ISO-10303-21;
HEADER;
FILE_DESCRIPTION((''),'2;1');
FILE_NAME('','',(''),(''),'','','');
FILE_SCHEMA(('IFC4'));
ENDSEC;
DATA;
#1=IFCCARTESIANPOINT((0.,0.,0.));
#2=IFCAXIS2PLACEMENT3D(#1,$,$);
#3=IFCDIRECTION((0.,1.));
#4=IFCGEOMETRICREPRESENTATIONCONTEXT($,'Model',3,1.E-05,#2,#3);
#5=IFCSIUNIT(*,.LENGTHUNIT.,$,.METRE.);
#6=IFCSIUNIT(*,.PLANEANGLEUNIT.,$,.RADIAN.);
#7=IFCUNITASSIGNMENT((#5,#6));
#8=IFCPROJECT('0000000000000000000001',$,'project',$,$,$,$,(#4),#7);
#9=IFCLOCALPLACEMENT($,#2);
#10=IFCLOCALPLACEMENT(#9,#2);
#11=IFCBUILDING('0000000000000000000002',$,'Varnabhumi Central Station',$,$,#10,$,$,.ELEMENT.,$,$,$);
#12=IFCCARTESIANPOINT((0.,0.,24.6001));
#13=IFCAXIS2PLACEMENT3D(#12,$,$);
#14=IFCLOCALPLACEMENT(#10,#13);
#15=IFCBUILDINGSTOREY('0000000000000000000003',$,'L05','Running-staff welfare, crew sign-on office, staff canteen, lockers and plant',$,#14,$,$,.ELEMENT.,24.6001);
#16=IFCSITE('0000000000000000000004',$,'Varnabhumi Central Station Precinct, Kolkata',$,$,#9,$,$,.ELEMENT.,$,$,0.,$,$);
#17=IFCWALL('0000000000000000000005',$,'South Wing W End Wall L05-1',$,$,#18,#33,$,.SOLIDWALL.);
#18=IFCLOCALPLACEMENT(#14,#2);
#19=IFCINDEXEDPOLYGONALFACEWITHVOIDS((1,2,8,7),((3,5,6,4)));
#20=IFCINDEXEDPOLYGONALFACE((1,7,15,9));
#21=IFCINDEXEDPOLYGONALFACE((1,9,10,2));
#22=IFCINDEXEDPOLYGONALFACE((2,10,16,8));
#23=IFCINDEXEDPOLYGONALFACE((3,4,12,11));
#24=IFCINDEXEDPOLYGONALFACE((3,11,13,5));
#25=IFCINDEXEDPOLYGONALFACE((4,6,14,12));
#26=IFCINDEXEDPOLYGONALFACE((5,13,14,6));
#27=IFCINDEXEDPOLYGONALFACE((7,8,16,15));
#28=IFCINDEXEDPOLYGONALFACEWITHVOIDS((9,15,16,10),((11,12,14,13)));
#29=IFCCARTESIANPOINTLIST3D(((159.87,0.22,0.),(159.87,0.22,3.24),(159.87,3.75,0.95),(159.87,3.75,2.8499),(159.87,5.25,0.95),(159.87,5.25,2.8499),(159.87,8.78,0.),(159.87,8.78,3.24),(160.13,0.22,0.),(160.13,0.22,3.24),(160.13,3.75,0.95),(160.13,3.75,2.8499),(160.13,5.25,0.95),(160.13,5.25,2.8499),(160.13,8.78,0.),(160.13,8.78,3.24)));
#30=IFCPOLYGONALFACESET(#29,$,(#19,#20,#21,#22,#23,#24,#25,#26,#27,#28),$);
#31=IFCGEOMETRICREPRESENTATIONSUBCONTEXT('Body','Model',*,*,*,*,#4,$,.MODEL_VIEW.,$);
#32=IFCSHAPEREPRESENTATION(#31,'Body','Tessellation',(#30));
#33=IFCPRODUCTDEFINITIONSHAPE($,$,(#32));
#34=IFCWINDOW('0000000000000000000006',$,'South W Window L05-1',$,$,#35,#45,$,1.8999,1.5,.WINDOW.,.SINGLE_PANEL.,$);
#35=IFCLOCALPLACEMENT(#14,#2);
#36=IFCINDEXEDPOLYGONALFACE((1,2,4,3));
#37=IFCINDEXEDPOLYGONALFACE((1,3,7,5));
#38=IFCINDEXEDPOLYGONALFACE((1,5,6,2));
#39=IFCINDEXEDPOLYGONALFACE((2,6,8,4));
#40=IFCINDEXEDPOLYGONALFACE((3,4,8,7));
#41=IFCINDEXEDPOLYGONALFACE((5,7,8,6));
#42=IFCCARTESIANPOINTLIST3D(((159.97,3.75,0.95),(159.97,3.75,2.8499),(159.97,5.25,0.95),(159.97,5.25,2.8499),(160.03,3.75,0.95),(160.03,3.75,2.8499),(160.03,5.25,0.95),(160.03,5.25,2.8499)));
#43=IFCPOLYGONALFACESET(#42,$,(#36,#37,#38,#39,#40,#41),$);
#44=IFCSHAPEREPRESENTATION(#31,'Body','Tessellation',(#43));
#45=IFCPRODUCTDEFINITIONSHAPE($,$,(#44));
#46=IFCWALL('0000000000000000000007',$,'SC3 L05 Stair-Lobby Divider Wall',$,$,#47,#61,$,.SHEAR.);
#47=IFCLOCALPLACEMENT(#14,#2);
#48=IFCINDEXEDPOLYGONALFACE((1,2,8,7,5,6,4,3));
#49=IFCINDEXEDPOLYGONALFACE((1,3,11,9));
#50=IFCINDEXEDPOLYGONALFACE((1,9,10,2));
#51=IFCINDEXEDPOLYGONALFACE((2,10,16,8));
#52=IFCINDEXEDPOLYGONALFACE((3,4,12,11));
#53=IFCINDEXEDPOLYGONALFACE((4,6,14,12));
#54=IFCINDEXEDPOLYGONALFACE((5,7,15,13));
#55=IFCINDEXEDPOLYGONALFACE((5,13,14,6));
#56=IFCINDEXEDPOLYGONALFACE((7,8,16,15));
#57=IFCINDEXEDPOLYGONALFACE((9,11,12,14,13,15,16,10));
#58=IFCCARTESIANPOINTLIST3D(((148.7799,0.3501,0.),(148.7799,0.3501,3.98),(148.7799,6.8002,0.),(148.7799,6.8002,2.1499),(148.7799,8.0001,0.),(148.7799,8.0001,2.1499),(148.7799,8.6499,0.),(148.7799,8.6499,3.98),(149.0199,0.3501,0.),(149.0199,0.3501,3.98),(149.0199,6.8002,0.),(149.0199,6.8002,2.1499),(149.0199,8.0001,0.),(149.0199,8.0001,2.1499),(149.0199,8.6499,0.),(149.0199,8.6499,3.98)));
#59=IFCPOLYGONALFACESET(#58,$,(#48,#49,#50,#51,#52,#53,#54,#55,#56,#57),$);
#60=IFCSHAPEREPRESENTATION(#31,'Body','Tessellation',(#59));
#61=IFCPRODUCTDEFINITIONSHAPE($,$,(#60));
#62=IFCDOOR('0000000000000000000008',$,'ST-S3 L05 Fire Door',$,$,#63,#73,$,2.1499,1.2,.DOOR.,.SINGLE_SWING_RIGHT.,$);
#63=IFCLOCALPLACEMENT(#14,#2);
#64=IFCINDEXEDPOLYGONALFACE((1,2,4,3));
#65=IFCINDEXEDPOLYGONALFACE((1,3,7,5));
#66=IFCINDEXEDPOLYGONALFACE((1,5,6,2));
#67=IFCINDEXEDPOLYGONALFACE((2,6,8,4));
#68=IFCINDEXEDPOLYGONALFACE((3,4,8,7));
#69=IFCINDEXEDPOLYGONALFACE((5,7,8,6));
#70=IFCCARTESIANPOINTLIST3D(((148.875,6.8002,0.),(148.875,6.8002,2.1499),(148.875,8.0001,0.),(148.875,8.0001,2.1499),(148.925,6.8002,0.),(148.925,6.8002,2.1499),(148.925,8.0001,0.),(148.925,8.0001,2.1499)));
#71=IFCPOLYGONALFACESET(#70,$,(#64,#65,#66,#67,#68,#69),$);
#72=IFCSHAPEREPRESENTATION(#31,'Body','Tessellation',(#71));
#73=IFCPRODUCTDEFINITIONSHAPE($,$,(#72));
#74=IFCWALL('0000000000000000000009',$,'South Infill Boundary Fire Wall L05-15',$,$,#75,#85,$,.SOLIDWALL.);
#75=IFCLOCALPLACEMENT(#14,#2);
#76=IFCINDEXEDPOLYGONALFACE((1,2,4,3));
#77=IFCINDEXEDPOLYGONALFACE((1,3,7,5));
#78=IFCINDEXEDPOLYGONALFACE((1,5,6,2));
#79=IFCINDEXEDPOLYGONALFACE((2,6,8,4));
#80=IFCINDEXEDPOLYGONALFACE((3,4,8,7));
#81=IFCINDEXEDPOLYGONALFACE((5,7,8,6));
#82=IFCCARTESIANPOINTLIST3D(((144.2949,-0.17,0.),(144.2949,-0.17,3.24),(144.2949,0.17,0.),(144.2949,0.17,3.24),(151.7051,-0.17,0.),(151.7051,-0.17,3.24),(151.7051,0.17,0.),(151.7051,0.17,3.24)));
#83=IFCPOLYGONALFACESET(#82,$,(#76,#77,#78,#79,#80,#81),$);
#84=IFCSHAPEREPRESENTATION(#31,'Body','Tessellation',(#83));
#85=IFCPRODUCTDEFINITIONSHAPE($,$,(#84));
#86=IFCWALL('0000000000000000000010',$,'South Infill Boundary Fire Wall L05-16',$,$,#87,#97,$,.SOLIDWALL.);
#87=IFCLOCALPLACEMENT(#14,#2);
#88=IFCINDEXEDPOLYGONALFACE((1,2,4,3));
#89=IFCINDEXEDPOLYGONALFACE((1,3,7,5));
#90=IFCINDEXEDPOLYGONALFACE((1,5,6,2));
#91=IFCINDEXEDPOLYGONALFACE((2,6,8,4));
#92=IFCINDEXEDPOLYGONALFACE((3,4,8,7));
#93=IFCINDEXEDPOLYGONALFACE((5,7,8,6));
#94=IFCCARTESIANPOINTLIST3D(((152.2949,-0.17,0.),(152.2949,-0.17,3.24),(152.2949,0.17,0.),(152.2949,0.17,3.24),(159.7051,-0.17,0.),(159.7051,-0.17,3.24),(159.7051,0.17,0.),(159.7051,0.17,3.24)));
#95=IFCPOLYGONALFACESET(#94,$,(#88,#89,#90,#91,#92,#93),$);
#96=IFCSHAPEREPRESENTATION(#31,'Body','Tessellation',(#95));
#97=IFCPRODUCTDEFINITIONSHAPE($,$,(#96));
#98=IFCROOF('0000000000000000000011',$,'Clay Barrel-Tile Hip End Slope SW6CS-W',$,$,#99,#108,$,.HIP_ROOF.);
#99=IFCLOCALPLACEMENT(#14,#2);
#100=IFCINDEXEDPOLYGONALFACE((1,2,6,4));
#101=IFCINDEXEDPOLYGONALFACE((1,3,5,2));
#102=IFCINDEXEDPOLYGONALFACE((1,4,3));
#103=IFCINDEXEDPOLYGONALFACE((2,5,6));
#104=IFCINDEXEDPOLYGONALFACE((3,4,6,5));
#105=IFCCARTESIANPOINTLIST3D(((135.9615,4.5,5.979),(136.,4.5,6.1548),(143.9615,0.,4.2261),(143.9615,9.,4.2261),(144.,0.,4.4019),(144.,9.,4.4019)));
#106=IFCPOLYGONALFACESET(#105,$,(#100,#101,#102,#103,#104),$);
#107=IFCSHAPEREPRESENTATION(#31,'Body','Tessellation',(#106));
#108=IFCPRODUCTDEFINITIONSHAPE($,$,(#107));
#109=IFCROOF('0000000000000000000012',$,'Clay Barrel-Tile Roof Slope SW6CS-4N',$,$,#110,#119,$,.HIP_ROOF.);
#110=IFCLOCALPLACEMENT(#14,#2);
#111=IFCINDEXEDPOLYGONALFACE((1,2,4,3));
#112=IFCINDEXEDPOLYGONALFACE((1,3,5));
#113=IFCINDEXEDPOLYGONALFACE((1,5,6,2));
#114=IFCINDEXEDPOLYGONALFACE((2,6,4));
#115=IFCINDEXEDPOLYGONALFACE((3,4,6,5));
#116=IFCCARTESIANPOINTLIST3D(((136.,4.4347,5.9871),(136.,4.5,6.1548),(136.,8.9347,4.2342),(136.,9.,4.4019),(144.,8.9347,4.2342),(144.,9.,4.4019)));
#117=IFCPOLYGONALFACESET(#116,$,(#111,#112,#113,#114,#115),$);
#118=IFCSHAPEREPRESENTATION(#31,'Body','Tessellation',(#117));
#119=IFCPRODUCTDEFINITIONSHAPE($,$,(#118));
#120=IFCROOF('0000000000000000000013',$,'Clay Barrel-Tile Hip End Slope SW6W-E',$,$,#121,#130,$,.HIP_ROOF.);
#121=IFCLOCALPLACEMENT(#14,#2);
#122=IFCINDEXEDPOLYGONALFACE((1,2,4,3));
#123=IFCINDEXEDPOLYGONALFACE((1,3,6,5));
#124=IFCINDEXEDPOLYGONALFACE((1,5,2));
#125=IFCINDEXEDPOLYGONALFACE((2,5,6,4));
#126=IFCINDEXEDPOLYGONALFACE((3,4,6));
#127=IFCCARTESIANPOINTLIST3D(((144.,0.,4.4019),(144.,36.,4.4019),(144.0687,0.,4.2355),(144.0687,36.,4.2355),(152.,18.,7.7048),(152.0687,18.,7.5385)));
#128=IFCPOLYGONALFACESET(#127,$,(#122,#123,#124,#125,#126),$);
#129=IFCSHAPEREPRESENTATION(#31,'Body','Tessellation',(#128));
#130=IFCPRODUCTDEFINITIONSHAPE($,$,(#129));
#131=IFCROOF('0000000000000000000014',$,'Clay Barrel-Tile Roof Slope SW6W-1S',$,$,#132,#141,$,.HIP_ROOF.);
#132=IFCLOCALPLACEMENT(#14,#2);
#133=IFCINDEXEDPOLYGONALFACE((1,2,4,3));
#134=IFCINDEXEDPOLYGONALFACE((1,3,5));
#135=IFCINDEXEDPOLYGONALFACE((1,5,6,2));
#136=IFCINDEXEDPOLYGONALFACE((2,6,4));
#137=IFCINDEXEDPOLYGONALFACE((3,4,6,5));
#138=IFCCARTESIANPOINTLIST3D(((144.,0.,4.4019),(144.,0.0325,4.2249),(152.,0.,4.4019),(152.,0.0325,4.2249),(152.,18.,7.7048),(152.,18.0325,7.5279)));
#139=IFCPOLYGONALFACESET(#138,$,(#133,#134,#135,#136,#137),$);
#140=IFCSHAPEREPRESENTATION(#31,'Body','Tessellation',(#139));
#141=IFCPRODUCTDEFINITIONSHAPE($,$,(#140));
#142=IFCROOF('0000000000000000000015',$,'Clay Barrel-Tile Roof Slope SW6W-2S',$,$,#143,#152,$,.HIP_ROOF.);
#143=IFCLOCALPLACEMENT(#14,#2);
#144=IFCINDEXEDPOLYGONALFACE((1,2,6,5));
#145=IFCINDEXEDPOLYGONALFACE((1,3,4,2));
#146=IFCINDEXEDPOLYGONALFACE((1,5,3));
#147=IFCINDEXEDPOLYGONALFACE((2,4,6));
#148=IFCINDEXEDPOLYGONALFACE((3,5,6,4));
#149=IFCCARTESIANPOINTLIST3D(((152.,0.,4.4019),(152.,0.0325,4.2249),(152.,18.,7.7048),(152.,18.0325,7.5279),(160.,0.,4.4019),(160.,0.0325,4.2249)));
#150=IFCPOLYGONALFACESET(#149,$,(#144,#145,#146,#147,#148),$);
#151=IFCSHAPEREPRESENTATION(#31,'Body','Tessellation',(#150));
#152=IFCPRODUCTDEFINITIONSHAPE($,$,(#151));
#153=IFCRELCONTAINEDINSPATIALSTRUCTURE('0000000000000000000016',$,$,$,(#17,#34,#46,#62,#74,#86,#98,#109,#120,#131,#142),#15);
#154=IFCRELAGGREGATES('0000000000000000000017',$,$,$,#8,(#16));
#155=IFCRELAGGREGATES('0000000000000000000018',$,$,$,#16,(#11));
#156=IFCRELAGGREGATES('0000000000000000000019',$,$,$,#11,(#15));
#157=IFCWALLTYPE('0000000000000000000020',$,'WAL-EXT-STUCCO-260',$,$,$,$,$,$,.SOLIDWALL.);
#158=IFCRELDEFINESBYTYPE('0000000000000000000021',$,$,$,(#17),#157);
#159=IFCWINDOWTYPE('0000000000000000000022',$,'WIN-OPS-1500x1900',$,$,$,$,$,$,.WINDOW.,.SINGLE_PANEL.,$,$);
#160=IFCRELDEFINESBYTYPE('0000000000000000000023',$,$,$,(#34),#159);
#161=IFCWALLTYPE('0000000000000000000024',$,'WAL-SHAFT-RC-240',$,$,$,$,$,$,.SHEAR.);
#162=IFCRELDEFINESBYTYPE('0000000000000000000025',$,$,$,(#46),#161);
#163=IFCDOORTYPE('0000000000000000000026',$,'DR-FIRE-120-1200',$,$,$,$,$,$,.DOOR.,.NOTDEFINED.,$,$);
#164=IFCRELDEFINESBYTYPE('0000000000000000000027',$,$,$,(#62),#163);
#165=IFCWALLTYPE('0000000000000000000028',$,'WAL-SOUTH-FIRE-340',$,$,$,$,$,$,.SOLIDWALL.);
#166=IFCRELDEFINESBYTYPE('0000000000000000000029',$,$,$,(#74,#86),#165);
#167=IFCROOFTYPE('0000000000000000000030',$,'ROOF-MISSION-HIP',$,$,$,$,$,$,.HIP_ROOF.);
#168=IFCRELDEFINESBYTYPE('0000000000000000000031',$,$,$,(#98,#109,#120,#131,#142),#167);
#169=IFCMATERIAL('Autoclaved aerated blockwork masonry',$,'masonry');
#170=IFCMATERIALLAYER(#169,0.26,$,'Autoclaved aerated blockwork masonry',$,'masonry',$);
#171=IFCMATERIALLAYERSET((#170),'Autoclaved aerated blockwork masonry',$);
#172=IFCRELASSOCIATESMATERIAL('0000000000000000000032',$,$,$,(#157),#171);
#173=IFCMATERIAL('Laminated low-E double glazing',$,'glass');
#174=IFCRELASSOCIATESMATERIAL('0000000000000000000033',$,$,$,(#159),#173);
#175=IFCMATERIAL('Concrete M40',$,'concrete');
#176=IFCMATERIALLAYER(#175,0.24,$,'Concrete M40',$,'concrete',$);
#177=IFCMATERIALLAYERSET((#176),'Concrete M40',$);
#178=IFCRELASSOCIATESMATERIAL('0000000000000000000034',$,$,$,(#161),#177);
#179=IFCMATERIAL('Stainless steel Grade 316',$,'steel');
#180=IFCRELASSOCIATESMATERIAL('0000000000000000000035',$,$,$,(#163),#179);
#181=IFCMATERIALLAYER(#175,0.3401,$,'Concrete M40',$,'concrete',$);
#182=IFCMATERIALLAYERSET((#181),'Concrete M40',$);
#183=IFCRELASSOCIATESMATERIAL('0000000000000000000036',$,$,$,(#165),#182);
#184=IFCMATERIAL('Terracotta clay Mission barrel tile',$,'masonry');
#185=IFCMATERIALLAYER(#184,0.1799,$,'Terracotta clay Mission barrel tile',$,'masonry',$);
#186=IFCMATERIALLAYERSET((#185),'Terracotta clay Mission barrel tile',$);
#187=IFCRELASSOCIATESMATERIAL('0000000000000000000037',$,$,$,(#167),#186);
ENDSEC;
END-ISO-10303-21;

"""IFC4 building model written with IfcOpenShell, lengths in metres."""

from ifc_helpers import new_model, si_unit, direction, frame, frame_2d, origin, place, context, subcontext, project, spatial, polyline, rectangle, outline, extrude, material, layer, layer_set, type_object, element, fill, save


model = new_model("IFC4")

# Units and contexts
model_context = context("Model", 3, precision=1e-05, world=origin(), true_north=direction((0.0, 1.0)))
body_context = subcontext(model_context, "Body", "Model", "MODEL_VIEW")
ifc_project = project(units=[si_unit("LENGTHUNIT", "METRE"), si_unit("PLANEANGLEUNIT", "RADIAN")], contexts=[model_context])

# Site, building, storey
site_placement = place(None, origin())
site = spatial("IfcSite", under=ifc_project, at=site_placement, Name="Varnabhumi Central Station Precinct, Kolkata", CompositionType="ELEMENT", RefElevation=0.0)
building_placement = place(site_placement, origin())
building = spatial("IfcBuilding", under=site, at=building_placement, Name="Varnabhumi Central Station", CompositionType="ELEMENT")
storey_placement = place(building_placement, frame((0.0, 0.0, 24.6001)))
storey = spatial("IfcBuildingStorey", under=building, at=storey_placement, Name="L05", Description="Running-staff welfare, crew sign-on office, staff canteen, lockers and plant", CompositionType="ELEMENT", Elevation=24.6001)

# Shared definitions
ifc_material_1 = material(Name="Concrete M40", Category="concrete")

# Wall, opening, window
ifc_material_2 = material(Name="Autoclaved aerated blockwork masonry", Category="masonry")
ifc_layer_1 = layer(ifc_material_2, 0.26, Name="Autoclaved aerated blockwork masonry", Category="masonry")
ifc_layer_set_1 = layer_set([ifc_layer_1], Name="Autoclaved aerated blockwork masonry")
wall_type_1 = type_object("IfcWallType", Name="WAL-EXT-STUCCO-260", PredefinedType="SOLIDWALL", material=ifc_layer_set_1)
wall_1_placement = place(storey_placement, frame((160.0, 0.22, 0.0), z_axis=(0.0, 0.0, 1.0), x_axis=(0.0, 1.0, 0.0)))
wall_1 = element("IfcWall", 1, at=wall_1_placement, inside=storey, type_object=wall_type_1, Name="South Wing W End Wall L05-1", PredefinedType="SOLIDWALL", context=body_context, shape_type="SweptSolid", body=[
    extrude(rectangle(XDim=8.5601, YDim=0.26, at=frame_2d((4.28, 0.0))), origin(), (0.0, 0.0, 1.0), 3.24),
])
opening_1_placement = place(wall_1_placement, frame((3.53, 0.0, 0.95)))
opening_1 = element("IfcOpeningElement", 2, at=opening_1_placement, cuts=wall_1, PredefinedType="OPENING", context=body_context, shape_type="SweptSolid", body=[
    extrude(rectangle(XDim=1.5, YDim=1.8999, at=frame_2d((0.75, 0.95))), frame((0.0, 0.1399, 0.0), z_axis=(0.0, -1.0, 0.0), x_axis=(1.0, 0.0, 0.0)), (0.0, 0.0, 1.0), 0.28),
])
ifc_material_3 = material(Name="Laminated low-E double glazing", Category="glass")
window_type = type_object("IfcWindowType", Name="WIN-OPS-1500x1900", PartitioningType="SINGLE_PANEL", PredefinedType="WINDOW", material=ifc_material_3)
window_placement = place(opening_1_placement, origin())
window = element("IfcWindow", 3, at=window_placement, inside=storey, type_object=window_type, Name="South W Window L05-1", OverallHeight=1.8999, OverallWidth=1.5, PartitioningType="SINGLE_PANEL", PredefinedType="WINDOW", context=body_context, shape_type="SweptSolid", body=[
    extrude(rectangle(XDim=1.5, YDim=1.8999, at=frame_2d((0.75, 0.95))), frame((0.0, 0.03, 0.0), z_axis=(0.0, -1.0, 0.0), x_axis=(1.0, 0.0, 0.0)), (0.0, 0.0, 1.0), 0.0601),
])
fill(opening_1, window)

# Wall, opening, door
ifc_layer_2 = layer(ifc_material_1, 0.24, Name="Concrete M40", Category="concrete")
ifc_layer_set_2 = layer_set([ifc_layer_2], Name="Concrete M40")
wall_type_2 = type_object("IfcWallType", Name="WAL-SHAFT-RC-240", PredefinedType="SHEAR", material=ifc_layer_set_2)
wall_2_placement = place(storey_placement, frame((148.8999, 0.3501, 0.0), z_axis=(0.0, 0.0, 1.0), x_axis=(0.0, 1.0, 0.0)))
wall_2 = element("IfcWall", 4, at=wall_2_placement, inside=storey, type_object=wall_type_2, Name="SC3 L05 Stair-Lobby Divider Wall", PredefinedType="SHEAR", context=body_context, shape_type="SweptSolid", body=[
    extrude(rectangle(XDim=8.2998, YDim=0.24, at=frame_2d((4.1499, 0.0))), origin(), (0.0, 0.0, 1.0), 3.98),
])
opening_2_placement = place(wall_2_placement, frame((6.45, 0.0, 0.0)))
opening_2 = element("IfcOpeningElement", 5, at=opening_2_placement, cuts=wall_2, PredefinedType="OPENING", context=body_context, shape_type="SweptSolid", body=[
    extrude(rectangle(XDim=1.2, YDim=2.1499, at=frame_2d((0.6001, 1.075))), frame((0.0, 0.1299, 0.0), z_axis=(0.0, -1.0, 0.0), x_axis=(1.0, 0.0, 0.0)), (0.0, 0.0, 1.0), 0.26),
])
ifc_material_4 = material(Name="Stainless steel Grade 316", Category="steel")
door_type_1 = type_object("IfcDoorType", Name="DR-FIRE-120-1200", OperationType="NOTDEFINED", PredefinedType="DOOR", material=ifc_material_4)
door_1_placement = place(opening_2_placement, origin())
door_1 = element("IfcDoor", 6, at=door_1_placement, inside=storey, type_object=door_type_1, Name="ST-S3 L05 Fire Door", OperationType="SINGLE_SWING_RIGHT", OverallHeight=2.1499, OverallWidth=1.2, PredefinedType="DOOR", context=body_context, shape_type="SweptSolid", body=[
    extrude(rectangle(XDim=1.2, YDim=2.1499, at=frame_2d((0.6001, 1.075))), frame((0.0, 0.0249, 0.0), z_axis=(0.0, -1.0, 0.0), x_axis=(1.0, 0.0, 0.0)), (0.0, 0.0, 1.0), 0.05),
])
fill(opening_2, door_1)

# Walls
ifc_layer_3 = layer(ifc_material_1, 0.3401, Name="Concrete M40", Category="concrete")
ifc_layer_set_3 = layer_set([ifc_layer_3], Name="Concrete M40")
wall_type_3 = type_object("IfcWallType", Name="WAL-SOUTH-FIRE-340", PredefinedType="SOLIDWALL", material=ifc_layer_set_3)
for number, where, z_axis, x_axis, name in (
    (7, (144.2949, 0.0, 0.0), (0.0, 0.0, 1.0), (1.0, 0.0, 0.0), "South Infill Boundary Fire Wall L05-15"),
    (8, (152.2949, 0.0, 0.0), (0.0, 0.0, 1.0), (1.0, 0.0, 0.0), "South Infill Boundary Fire Wall L05-16"),
):
    element("IfcWall", number, at=place(storey_placement, frame(where, z_axis=z_axis, x_axis=x_axis)), inside=storey, type_object=wall_type_3, Name=name, PredefinedType="SOLIDWALL", context=body_context, shape_type="SweptSolid", body=[
        extrude(rectangle(XDim=7.4102, YDim=0.3401, at=frame_2d((3.7051, 0.0))), origin(), (0.0, 0.0, 1.0), 3.24),
    ])

# Roofs
ifc_material_5 = material(Name="Terracotta clay Mission barrel tile", Category="masonry")
ifc_layer_4 = layer(ifc_material_5, 0.1799, Name="Terracotta clay Mission barrel tile", Category="masonry")
ifc_layer_set_4 = layer_set([ifc_layer_4], Name="Terracotta clay Mission barrel tile")
roof_type = type_object("IfcRoofType", Name="ROOF-MISSION-HIP", PredefinedType="HIP_ROOF", material=ifc_layer_set_4)
roof_1_placement = place(storey_placement, frame((144.0, 9.0, 4.4019), z_axis=(0.214038, 0.0, 0.976825), x_axis=(0.0, -1.0, 0.0)))
element("IfcRoof", 9, at=roof_1_placement, inside=storey, type_object=roof_type, Name="Clay Barrel-Tile Hip End Slope SW6CS-W", PredefinedType="HIP_ROOF", context=body_context, shape_type="SweptSolid", body=[
    extrude(outline(polyline([(0.0, 0.0), (9.0, 0.0), (4.5, -8.1898), (0.0, 0.0)])), origin(), (0.0, 0.0, -1.0), 0.1799),
])
roof_2_placement = place(storey_placement, frame((144.0, 9.0, 4.4019), z_axis=(0.0, 0.362973, 0.9318), x_axis=(-1.0, 0.0, 0.0)))
element("IfcRoof", 10, at=roof_2_placement, inside=storey, type_object=roof_type, Name="Clay Barrel-Tile Roof Slope SW6CS-4N", PredefinedType="HIP_ROOF", context=body_context, shape_type="SweptSolid", body=[
    extrude(outline(polyline([(0.0, 0.0), (8.0, 0.0), (8.0, 4.8294), (0.0, 0.0)])), origin(), (0.0, 0.0, -1.0), 0.1799),
])
roof_3_placement = place(storey_placement, frame((144.0, 0.0, 4.4019), z_axis=(-0.381625, 0.0, 0.924317), x_axis=(0.0, 1.0, 0.0)))
element("IfcRoof", 11, at=roof_3_placement, inside=storey, type_object=roof_type, Name="Clay Barrel-Tile Hip End Slope SW6W-E", PredefinedType="HIP_ROOF", context=body_context, shape_type="SweptSolid", body=[
    extrude(outline(polyline([(0.0, 0.0), (36.0, 0.0), (18.0, -8.655), (0.0, 0.0)])), origin(), (0.0, 0.0, -1.0), 0.1799),
])
roof_4_placement = place(storey_placement, frame((144.0, 0.0, 4.4019), z_axis=(0.0, -0.180485, 0.983578), x_axis=(1.0, 0.0, 0.0)))
element("IfcRoof", 12, at=roof_4_placement, inside=storey, type_object=roof_type, Name="Clay Barrel-Tile Roof Slope SW6W-1S", PredefinedType="HIP_ROOF", context=body_context, shape_type="SweptSolid", body=[
    extrude(outline(polyline([(0.0, 0.0), (8.0, 0.0), (8.0, 18.3005), (0.0, 0.0)])), origin(), (0.0, 0.0, -1.0), 0.1799),
])
roof_5_placement = place(storey_placement, frame((152.0, 0.0, 4.4019), z_axis=(0.0, -0.180485, 0.983578), x_axis=(1.0, 0.0, 0.0)))
element("IfcRoof", 13, at=roof_5_placement, inside=storey, type_object=roof_type, Name="Clay Barrel-Tile Roof Slope SW6W-2S", PredefinedType="HIP_ROOF", context=body_context, shape_type="SweptSolid", body=[
    extrude(outline(polyline([(0.0, 0.0), (8.0, 0.0), (0.0, 18.3005), (0.0, 0.0)])), origin(), (0.0, 0.0, -1.0), 0.1799),
])

save(model, "model.ifc")
